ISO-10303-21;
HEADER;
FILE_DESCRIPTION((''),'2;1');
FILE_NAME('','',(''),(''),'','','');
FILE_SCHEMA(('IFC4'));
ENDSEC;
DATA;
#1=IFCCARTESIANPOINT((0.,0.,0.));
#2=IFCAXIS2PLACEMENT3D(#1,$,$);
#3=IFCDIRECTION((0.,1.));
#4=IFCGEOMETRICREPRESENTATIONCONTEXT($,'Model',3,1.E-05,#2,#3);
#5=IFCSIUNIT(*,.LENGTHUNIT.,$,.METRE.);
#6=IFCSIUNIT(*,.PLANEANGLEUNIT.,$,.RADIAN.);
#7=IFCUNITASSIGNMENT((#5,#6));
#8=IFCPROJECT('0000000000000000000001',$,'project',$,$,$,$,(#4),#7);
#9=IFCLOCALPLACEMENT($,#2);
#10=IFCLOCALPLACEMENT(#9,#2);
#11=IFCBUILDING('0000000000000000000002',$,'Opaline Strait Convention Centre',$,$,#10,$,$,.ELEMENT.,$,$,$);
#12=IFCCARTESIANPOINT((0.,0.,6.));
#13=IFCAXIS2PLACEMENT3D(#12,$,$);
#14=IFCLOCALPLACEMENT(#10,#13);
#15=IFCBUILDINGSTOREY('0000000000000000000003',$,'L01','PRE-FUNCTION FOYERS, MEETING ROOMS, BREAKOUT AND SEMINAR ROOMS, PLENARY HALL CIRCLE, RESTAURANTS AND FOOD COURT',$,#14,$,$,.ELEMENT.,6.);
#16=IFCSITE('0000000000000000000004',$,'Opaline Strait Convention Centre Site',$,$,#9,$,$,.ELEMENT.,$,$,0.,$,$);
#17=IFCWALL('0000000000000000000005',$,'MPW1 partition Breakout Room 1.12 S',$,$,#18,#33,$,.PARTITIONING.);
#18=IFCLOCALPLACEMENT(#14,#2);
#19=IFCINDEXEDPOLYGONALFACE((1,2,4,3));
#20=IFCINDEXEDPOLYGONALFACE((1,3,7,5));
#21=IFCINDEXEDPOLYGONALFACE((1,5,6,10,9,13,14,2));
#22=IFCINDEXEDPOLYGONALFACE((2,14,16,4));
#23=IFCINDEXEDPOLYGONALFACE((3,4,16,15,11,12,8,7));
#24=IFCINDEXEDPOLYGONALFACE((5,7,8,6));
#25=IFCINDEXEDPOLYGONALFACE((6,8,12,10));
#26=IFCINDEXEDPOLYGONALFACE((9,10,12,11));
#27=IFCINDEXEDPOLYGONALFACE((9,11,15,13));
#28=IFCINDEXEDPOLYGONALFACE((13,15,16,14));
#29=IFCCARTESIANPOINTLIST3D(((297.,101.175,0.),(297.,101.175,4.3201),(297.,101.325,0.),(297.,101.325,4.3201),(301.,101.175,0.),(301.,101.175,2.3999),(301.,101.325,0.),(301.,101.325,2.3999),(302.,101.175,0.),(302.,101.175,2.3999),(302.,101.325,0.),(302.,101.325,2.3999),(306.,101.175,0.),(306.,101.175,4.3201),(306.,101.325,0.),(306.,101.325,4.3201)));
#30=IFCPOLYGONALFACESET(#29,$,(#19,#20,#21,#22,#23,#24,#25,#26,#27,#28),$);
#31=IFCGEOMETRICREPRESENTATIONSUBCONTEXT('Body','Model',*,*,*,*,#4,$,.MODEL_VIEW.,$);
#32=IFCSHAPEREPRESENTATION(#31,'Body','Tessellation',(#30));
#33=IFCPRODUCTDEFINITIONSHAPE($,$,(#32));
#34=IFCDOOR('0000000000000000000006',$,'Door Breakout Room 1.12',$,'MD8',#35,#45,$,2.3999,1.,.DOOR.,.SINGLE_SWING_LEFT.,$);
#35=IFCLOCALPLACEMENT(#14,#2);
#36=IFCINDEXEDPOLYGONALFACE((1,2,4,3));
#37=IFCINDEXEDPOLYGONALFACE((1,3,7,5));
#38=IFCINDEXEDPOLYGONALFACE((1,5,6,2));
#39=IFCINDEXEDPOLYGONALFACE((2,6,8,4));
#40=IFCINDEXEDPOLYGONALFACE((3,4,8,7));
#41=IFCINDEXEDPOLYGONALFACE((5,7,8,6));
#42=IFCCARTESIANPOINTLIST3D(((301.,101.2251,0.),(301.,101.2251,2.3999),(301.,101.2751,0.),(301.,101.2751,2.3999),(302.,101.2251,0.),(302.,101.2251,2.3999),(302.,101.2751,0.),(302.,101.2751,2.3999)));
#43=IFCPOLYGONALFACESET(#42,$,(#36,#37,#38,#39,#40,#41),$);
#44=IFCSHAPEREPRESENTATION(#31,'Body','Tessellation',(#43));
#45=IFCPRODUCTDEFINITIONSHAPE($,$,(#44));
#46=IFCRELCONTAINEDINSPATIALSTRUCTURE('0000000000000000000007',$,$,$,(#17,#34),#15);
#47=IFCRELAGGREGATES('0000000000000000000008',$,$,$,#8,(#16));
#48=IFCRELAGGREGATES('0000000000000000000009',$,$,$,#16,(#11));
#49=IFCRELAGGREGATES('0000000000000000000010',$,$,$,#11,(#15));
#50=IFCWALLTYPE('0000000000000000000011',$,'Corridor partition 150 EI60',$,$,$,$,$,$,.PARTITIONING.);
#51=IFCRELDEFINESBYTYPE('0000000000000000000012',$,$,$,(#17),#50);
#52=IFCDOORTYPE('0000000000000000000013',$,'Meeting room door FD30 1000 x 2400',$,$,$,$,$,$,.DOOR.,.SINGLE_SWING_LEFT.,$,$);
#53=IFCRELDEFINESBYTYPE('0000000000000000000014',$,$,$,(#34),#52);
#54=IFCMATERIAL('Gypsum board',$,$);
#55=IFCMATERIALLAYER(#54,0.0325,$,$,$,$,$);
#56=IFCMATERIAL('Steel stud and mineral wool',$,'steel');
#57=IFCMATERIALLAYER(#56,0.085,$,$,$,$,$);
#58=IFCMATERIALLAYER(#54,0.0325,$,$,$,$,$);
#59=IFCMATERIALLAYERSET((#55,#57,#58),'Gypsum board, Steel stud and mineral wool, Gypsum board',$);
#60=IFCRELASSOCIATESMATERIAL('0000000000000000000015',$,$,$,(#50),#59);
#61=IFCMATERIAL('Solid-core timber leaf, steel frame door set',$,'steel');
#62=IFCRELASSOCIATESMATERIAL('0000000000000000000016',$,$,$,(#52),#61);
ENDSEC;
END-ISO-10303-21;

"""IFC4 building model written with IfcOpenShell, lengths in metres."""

from ifc_helpers import new_model, si_unit, direction, frame, frame_2d, origin, place, context, subcontext, project, spatial, rectangle, extrude, material, layer, layer_set, type_object, element, fill, save


model = new_model("IFC4")

# Units and contexts
model_context = context("Model", 3, precision=1e-05, world=origin(), true_north=direction((0.0, 1.0)))
body_context = subcontext(model_context, "Body", "Model", "MODEL_VIEW")
ifc_project = project(units=[si_unit("LENGTHUNIT", "METRE"), si_unit("PLANEANGLEUNIT", "RADIAN")], contexts=[model_context])

# Site, building, storey
site_placement = place(None, origin())
site = spatial("IfcSite", under=ifc_project, at=site_placement, Name="Opaline Strait Convention Centre Site", CompositionType="ELEMENT", RefElevation=0.0)
building_placement = place(site_placement, origin())
building = spatial("IfcBuilding", under=site, at=building_placement, Name="Opaline Strait Convention Centre", CompositionType="ELEMENT")
storey_placement = place(building_placement, frame((0.0, 0.0, 6.0)))
storey = spatial("IfcBuildingStorey", under=building, at=storey_placement, Name="L01", Description="PRE-FUNCTION FOYERS, MEETING ROOMS, BREAKOUT AND SEMINAR ROOMS, PLENARY HALL CIRCLE, RESTAURANTS AND FOOD COURT", CompositionType="ELEMENT", Elevation=6.0)

# Shared definitions
ifc_material_1 = material(Name="Gypsum board")
ifc_material_2 = material(Name="Steel stud and mineral wool", Category="steel")

# Shared definitions
ifc_layer_1 = layer(ifc_material_1, 0.0325)
ifc_layer_2 = layer(ifc_material_2, 0.085)
ifc_layer_3 = layer(ifc_material_1, 0.0325)
ifc_layer_set_1 = layer_set([ifc_layer_1, ifc_layer_2, ifc_layer_3], Name="Gypsum board, Steel stud and mineral wool, Gypsum board")
wall_type_1 = type_object("IfcWallType", Name="Corridor partition 150 EI60", PredefinedType="PARTITIONING", material=ifc_layer_set_1)
ifc_material_3 = material(Name="Solid-core timber leaf, steel frame door set", Category="steel")
door_type_1 = type_object("IfcDoorType", Name="Meeting room door FD30 1000 x 2400", OperationType="SINGLE_SWING_LEFT", PredefinedType="DOOR", material=ifc_material_3)

# Wall, opening, door
wall_1_placement = place(storey_placement, frame((297.0, 101.25, 0.0), z_axis=(0.0, 0.0, 1.0), x_axis=(1.0, 0.0, 0.0)))
wall_1 = element("IfcWall", 1, at=wall_1_placement, inside=storey, type_object=wall_type_1, Name="MPW1 partition Breakout Room 1.12 S", PredefinedType="PARTITIONING", context=body_context, shape_type="SweptSolid", body=[
    extrude(rectangle(XDim=9.0, YDim=0.1499, at=frame_2d((4.5, 0.0))), origin(), (0.0, 0.0, 1.0), 4.3201),
])
opening_1_placement = place(wall_1_placement, frame((4.0, 0.0, 0.0)))
opening_1 = element("IfcOpeningElement", 2, at=opening_1_placement, cuts=wall_1, PredefinedType="OPENING", context=body_context, shape_type="SweptSolid", body=[
    extrude(rectangle(XDim=1.0, YDim=2.3999, at=frame_2d((0.5, 1.2))), frame((0.0, 0.085, 0.0), z_axis=(0.0, -1.0, 0.0), x_axis=(1.0, 0.0, 0.0)), (0.0, 0.0, 1.0), 0.1699),
])
door_1_placement = place(opening_1_placement, frame((1.0, 0.0, 0.0), z_axis=(0.0, 0.0, 1.0), x_axis=(-1.0, 0.0, 0.0)))
door_1 = element("IfcDoor", 3, at=door_1_placement, inside=storey, type_object=door_type_1, Name="Door Breakout Room 1.12", ObjectType="MD8", OperationType="SINGLE_SWING_LEFT", OverallHeight=2.3999, OverallWidth=1.0, PredefinedType="DOOR", context=body_context, shape_type="SweptSolid", body=[
    extrude(rectangle(XDim=1.0, YDim=2.3999, at=frame_2d((0.5, 1.2))), frame((0.0, 0.0249, 0.0), z_axis=(0.0, -1.0, 0.0), x_axis=(1.0, 0.0, 0.0)), (0.0, 0.0, 1.0), 0.05),
])
fill(opening_1, door_1)

save(model, "model.ifc")
